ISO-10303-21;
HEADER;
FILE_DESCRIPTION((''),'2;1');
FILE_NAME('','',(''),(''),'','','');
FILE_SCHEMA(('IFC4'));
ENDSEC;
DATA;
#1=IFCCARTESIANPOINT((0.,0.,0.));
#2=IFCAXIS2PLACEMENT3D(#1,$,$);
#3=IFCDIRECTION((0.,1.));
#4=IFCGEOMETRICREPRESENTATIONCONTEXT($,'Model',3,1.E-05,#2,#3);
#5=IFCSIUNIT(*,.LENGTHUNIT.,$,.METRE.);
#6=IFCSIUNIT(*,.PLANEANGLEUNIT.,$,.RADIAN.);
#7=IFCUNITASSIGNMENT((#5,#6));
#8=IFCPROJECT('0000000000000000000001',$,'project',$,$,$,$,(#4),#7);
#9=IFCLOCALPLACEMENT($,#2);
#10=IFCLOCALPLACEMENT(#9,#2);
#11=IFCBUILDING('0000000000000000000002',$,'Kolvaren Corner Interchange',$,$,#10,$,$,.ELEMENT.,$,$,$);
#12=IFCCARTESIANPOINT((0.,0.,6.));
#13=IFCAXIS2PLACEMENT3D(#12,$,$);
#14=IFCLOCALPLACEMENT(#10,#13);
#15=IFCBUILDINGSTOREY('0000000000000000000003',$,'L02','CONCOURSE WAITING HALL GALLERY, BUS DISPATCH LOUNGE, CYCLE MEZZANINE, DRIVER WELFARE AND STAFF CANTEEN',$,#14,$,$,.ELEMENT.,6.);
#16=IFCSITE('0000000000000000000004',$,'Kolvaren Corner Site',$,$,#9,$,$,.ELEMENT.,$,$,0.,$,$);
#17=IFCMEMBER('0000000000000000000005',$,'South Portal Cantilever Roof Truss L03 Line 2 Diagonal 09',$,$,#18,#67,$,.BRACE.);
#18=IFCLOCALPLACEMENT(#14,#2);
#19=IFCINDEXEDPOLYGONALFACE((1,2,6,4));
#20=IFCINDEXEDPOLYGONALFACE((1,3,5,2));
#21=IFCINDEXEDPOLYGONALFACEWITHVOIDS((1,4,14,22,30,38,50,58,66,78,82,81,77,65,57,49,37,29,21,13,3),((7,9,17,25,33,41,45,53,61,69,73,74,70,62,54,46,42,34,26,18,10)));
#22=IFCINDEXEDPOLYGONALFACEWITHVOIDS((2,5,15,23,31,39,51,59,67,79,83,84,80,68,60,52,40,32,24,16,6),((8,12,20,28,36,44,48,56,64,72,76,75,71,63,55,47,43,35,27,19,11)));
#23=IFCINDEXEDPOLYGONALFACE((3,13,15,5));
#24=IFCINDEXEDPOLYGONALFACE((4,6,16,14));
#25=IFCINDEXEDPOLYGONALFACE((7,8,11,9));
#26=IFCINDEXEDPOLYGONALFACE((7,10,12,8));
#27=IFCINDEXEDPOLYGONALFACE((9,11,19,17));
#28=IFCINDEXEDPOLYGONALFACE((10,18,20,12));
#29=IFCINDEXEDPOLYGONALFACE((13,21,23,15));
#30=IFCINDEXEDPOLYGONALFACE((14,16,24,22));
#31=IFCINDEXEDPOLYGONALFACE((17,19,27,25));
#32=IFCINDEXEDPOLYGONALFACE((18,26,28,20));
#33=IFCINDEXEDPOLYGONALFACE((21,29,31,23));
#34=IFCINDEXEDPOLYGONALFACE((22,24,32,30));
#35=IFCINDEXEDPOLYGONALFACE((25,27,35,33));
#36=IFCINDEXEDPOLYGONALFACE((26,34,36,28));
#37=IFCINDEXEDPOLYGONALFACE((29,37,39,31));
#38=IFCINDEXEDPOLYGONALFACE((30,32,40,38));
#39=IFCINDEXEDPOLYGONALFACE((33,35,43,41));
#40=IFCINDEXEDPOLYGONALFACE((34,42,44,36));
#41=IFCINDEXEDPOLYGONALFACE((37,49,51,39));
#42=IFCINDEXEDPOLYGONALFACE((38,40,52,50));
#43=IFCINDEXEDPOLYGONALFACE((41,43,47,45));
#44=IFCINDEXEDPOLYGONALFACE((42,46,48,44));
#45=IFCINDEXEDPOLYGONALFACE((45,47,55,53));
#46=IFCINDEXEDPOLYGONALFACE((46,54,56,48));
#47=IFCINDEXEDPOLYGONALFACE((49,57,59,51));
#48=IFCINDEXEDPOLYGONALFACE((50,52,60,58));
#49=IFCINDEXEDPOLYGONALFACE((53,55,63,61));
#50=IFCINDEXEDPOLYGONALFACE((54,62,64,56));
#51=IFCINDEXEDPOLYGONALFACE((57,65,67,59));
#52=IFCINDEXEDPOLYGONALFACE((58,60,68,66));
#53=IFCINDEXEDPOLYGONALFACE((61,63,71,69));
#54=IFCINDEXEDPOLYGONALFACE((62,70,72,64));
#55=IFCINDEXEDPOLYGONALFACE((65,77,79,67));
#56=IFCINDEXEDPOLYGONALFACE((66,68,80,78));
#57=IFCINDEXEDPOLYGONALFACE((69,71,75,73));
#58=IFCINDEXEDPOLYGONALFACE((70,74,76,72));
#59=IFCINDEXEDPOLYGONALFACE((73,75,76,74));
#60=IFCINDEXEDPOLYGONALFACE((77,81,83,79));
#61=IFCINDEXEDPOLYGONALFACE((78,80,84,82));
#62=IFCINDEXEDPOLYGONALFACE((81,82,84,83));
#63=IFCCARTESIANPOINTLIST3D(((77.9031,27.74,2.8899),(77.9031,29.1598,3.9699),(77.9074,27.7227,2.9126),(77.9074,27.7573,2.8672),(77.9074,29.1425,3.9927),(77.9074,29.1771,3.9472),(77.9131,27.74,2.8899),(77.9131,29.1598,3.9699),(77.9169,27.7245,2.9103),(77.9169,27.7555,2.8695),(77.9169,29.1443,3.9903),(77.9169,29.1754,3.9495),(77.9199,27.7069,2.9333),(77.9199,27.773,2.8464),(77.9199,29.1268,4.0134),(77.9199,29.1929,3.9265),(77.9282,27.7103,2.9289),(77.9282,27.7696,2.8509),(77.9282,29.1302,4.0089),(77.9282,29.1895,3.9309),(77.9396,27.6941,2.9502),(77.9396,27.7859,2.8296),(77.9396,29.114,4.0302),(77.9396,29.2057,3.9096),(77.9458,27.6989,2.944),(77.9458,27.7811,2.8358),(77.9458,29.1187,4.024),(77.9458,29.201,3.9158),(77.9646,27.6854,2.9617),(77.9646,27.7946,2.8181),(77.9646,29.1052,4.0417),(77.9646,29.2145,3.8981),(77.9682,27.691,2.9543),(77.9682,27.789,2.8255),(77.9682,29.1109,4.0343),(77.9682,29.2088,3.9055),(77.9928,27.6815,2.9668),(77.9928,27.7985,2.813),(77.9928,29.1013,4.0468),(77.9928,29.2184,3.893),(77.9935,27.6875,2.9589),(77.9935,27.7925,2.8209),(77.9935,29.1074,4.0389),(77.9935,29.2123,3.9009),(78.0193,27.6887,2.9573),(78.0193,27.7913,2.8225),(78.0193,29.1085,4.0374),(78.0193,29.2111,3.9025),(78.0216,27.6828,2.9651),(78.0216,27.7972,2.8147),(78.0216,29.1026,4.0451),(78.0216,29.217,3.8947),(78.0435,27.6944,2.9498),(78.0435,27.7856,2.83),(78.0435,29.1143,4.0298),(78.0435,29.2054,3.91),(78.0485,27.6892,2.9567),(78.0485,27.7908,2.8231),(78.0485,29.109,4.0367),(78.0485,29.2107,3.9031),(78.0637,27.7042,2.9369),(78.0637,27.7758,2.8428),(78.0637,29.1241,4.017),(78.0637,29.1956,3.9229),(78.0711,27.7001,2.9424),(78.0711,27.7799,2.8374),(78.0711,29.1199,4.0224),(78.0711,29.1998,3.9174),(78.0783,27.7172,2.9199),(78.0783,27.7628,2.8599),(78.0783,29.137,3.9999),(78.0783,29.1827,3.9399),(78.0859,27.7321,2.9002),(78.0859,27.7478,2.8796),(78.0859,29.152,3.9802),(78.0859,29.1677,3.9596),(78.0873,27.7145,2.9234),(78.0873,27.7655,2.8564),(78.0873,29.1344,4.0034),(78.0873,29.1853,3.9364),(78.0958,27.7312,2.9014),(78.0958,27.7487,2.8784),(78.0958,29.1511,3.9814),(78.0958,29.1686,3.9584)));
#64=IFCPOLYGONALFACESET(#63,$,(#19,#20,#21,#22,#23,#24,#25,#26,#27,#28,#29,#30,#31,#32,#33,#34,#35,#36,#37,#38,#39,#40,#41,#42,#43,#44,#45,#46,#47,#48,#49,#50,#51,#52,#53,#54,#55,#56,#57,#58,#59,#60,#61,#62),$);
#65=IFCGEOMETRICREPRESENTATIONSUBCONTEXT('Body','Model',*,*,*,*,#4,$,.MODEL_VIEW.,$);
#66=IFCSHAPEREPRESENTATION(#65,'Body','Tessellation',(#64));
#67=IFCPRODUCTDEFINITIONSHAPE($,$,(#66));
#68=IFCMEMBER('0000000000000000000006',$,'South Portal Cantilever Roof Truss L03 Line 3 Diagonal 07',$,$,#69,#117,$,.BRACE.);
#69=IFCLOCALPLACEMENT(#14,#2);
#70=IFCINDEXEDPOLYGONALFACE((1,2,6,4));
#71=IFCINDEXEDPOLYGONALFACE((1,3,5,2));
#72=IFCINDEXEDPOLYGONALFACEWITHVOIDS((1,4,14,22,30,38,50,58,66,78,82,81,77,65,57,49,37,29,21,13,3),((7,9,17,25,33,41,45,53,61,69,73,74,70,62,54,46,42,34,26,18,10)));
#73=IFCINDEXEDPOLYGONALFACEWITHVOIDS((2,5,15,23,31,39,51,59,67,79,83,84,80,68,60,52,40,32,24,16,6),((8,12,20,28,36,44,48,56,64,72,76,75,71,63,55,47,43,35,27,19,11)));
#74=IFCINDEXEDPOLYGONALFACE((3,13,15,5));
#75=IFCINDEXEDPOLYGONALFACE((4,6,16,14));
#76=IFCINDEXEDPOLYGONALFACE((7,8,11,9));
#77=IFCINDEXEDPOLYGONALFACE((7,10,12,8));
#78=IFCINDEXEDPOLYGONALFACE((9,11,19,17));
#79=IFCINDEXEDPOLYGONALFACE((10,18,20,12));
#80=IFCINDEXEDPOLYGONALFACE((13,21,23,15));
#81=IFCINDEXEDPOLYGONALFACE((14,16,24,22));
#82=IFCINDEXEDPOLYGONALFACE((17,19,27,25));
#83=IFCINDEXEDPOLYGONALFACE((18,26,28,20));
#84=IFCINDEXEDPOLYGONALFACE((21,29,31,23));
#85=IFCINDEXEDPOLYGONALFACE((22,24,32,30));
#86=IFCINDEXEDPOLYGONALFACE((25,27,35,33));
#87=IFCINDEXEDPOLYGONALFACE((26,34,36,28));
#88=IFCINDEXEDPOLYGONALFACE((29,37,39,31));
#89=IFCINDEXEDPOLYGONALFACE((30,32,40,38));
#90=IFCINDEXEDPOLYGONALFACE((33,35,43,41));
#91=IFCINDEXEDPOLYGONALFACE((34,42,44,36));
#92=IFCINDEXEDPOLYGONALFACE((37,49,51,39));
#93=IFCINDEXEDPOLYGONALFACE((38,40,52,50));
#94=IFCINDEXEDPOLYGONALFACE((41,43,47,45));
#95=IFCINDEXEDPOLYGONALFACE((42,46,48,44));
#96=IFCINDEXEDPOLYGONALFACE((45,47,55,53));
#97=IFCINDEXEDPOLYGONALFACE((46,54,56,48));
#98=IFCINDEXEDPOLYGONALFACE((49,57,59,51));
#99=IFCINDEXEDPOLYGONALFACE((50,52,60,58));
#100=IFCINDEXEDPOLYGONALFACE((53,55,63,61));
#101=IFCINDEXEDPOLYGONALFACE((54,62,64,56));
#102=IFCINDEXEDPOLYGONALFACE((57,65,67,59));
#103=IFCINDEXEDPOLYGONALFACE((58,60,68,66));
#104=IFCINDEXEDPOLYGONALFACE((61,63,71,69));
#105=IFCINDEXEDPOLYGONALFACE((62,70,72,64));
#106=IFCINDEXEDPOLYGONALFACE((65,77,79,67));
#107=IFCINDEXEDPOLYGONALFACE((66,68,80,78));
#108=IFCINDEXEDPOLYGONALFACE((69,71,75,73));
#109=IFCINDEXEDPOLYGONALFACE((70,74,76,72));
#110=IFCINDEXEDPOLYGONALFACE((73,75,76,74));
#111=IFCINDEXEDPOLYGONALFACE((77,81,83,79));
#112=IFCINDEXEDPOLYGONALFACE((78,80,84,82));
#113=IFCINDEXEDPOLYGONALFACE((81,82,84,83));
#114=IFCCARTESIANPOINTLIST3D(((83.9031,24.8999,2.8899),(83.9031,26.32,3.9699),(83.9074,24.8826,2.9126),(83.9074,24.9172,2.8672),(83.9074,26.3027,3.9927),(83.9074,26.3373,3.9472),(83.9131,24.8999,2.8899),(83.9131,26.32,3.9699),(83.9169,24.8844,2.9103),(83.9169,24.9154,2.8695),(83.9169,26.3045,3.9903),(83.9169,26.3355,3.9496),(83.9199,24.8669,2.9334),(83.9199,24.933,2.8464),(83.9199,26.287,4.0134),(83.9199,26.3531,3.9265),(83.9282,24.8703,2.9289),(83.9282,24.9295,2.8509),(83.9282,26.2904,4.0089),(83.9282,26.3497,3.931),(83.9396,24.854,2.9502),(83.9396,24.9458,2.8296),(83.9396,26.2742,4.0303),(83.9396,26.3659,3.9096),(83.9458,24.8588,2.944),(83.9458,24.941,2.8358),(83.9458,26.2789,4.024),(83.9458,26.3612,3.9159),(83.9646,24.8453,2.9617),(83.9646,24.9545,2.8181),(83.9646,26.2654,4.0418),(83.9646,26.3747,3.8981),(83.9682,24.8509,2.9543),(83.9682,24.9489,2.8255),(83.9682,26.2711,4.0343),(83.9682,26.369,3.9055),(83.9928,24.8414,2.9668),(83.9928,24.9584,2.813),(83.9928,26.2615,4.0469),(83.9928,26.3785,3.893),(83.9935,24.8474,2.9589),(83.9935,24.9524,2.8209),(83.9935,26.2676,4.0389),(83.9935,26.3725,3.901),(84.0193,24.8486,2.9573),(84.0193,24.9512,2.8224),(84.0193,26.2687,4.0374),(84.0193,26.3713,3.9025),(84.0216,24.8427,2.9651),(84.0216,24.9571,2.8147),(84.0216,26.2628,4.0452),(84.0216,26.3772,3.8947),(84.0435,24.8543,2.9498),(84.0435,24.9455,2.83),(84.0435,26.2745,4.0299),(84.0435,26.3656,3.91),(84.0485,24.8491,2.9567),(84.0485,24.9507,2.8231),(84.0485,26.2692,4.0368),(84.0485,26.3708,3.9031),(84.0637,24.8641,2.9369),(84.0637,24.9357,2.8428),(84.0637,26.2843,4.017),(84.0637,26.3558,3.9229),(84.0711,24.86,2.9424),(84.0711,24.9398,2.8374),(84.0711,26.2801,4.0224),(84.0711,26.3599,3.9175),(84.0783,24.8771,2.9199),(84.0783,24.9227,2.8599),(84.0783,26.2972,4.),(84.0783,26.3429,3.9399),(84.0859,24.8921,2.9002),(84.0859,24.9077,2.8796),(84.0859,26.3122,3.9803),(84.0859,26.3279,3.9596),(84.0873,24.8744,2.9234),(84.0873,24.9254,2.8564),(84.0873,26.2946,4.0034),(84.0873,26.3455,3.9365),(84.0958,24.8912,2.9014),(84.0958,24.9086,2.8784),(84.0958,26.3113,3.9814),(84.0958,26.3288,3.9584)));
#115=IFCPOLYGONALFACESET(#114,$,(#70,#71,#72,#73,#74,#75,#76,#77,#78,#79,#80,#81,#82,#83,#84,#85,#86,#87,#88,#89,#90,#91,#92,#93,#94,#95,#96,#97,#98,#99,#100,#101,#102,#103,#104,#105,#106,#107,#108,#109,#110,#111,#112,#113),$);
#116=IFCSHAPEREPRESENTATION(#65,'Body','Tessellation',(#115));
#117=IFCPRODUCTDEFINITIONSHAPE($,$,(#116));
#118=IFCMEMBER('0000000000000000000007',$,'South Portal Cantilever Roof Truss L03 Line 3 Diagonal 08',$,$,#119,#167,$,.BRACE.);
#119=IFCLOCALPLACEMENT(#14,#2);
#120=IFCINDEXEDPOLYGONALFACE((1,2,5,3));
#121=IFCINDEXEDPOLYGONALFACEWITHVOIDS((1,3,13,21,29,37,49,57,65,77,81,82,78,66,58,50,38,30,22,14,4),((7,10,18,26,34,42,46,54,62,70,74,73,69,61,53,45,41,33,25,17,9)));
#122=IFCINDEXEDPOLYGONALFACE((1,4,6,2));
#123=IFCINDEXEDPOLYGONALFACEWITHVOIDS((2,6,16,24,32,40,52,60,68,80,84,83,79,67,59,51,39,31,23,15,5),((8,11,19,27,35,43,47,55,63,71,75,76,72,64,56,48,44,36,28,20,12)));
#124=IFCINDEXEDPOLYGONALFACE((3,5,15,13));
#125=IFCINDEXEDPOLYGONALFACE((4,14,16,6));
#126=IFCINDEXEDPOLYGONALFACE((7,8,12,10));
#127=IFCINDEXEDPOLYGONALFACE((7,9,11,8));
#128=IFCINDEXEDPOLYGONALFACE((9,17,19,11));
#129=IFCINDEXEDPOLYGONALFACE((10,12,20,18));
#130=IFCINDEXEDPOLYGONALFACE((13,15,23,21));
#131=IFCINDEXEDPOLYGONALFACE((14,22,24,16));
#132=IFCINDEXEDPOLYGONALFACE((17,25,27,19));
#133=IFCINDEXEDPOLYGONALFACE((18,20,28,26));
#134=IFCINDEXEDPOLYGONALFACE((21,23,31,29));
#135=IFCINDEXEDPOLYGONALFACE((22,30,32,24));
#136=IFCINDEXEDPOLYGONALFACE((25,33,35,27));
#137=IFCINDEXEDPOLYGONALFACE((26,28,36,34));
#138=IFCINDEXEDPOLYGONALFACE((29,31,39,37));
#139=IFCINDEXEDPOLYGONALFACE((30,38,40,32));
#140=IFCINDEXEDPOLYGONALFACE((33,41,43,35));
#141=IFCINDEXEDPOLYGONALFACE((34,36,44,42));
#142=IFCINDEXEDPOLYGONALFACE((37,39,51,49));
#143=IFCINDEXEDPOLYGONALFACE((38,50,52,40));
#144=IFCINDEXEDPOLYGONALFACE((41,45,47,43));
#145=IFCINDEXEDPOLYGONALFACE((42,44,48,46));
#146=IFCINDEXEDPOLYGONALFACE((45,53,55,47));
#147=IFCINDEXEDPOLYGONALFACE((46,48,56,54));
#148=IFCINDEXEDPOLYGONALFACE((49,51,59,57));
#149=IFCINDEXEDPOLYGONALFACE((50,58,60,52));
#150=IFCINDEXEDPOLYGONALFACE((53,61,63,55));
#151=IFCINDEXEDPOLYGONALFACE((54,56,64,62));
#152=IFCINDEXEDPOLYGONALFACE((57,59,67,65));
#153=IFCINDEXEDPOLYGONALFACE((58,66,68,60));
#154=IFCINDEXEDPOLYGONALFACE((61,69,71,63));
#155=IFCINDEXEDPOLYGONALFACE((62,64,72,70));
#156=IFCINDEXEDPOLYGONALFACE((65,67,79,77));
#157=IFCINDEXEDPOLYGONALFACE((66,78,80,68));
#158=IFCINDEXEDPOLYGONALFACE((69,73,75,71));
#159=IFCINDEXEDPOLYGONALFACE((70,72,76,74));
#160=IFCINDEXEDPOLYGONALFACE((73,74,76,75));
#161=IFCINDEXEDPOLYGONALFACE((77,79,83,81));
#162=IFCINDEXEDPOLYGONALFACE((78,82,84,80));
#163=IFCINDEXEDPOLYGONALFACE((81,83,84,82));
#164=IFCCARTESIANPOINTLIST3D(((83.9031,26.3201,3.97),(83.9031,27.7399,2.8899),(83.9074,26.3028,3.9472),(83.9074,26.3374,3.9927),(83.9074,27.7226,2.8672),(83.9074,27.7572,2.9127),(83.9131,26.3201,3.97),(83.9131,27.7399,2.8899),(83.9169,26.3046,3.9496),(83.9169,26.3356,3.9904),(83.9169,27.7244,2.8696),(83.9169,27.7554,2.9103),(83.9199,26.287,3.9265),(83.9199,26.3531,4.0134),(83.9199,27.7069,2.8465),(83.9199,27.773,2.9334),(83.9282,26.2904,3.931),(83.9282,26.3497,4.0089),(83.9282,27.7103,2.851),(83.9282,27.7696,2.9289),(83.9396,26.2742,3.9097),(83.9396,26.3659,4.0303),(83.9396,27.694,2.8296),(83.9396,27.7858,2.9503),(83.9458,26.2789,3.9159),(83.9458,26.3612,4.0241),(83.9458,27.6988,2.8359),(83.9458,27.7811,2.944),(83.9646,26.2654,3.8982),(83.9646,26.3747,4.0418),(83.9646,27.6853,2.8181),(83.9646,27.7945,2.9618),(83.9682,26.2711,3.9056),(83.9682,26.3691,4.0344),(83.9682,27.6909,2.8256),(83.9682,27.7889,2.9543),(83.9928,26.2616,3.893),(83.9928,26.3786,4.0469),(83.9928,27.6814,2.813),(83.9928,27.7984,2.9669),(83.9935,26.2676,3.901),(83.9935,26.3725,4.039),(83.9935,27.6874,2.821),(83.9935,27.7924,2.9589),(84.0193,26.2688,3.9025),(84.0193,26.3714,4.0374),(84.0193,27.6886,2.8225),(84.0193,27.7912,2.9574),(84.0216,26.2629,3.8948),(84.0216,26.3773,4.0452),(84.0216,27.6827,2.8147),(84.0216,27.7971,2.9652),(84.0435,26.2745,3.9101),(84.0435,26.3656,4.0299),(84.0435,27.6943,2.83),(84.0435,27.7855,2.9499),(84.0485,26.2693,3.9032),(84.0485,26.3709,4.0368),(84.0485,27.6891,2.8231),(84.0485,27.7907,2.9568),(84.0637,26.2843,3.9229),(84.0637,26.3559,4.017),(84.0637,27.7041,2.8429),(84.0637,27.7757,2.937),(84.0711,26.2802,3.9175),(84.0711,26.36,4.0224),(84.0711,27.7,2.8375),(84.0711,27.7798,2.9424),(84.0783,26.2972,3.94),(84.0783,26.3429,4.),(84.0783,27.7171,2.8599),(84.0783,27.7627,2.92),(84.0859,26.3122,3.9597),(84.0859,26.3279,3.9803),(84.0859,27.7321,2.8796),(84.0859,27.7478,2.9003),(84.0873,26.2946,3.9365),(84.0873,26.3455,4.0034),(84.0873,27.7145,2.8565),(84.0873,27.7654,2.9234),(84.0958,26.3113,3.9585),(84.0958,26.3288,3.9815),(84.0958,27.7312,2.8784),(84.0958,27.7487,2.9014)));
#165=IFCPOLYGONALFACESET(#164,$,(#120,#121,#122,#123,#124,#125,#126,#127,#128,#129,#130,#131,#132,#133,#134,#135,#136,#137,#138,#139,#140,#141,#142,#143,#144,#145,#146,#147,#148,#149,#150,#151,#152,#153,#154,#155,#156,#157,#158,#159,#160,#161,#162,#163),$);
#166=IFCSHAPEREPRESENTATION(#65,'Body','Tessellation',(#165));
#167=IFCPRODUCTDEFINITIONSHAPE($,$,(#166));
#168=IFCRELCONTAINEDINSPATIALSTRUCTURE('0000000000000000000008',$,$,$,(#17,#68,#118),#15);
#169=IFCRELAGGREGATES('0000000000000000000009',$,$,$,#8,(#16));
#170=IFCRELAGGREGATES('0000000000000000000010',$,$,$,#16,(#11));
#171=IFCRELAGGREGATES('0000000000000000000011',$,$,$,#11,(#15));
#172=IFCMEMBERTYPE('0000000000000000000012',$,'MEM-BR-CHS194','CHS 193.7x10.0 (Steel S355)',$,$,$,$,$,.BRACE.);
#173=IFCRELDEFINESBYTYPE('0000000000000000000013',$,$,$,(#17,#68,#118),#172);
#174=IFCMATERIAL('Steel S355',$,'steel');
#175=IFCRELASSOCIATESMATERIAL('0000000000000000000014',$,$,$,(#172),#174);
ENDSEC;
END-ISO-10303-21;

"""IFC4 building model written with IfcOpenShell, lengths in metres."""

from ifc_helpers import new_model, si_unit, direction, frame, origin, origin_2d, place, context, subcontext, project, spatial, hollow_circle, extrude, material, material_profile, profile_set, type_object, element, save


model = new_model("IFC4")

# Units and contexts
model_context = context("Model", 3, precision=1e-05, world=origin(), true_north=direction((0.0, 1.0)))
body_context = subcontext(model_context, "Body", "Model", "MODEL_VIEW")
ifc_project = project(units=[si_unit("LENGTHUNIT", "METRE"), si_unit("PLANEANGLEUNIT", "RADIAN")], contexts=[model_context])

# Site, building, storey
site_placement = place(None, origin())
site = spatial("IfcSite", under=ifc_project, at=site_placement, Name="Kolvaren Corner Site", CompositionType="ELEMENT", RefElevation=0.0)
building_placement = place(site_placement, origin())
building = spatial("IfcBuilding", under=site, at=building_placement, Name="Kolvaren Corner Interchange", CompositionType="ELEMENT")
storey_placement = place(building_placement, frame((0.0, 0.0, 6.0)))
storey = spatial("IfcBuildingStorey", under=building, at=storey_placement, Name="L02", Description="CONCOURSE WAITING HALL GALLERY, BUS DISPATCH LOUNGE, CYCLE MEZZANINE, DRIVER WELFARE AND STAFF CANTEEN", CompositionType="ELEMENT", Elevation=6.0)

# Members
ifc_material_1 = material(Name="Steel S355", Category="steel")
ifc_material_profile_1 = material_profile(ifc_material_1, hollow_circle(Radius=0.0969, WallThickness=0.01, at=origin_2d()), Name="CHS 193.7x10.0")
ifc_profile_set_1 = profile_set([ifc_material_profile_1], Name="Steel S355")
member_type_1 = type_object("IfcMemberType", Name="MEM-BR-CHS194", Description="CHS 193.7x10.0 (Steel S355)", PredefinedType="BRACE", material=ifc_profile_set_1)
for number, where, z_axis, x_axis, name in (
    (1, (78.0, 27.74, 2.8899), (0.0, 0.795909, 0.605416), (-1.0, 0.0, 0.0), "South Portal Cantilever Roof Truss L03 Line 2 Diagonal 09"),
):
    element("IfcMember", number, at=place(storey_placement, frame(where, z_axis=z_axis, x_axis=x_axis)), inside=storey, type_object=member_type_1, Name=name, PredefinedType="BRACE", context=body_context, shape_type="SweptSolid", body=[
        extrude(hollow_circle(Radius=0.0969, WallThickness=0.01, at=origin_2d()), origin(), (0.0, 0.0, 1.0), 1.7839),
    ])
member_1_placement = place(storey_placement, frame((84.0, 24.8999, 2.8899), z_axis=(0.0, 0.795959, 0.60535), x_axis=(-1.0, 0.0, 0.0)))
element("IfcMember", 2, at=member_1_placement, inside=storey, type_object=member_type_1, Name="South Portal Cantilever Roof Truss L03 Line 3 Diagonal 07", PredefinedType="BRACE", context=body_context, shape_type="SweptSolid", body=[
    extrude(hollow_circle(Radius=0.0969, WallThickness=0.01, at=origin_2d()), origin(), (0.0, 0.0, 1.0), 1.7842),
])
for number, where, z_axis, x_axis, name in (
    (3, (84.0, 26.3201, 3.97), (0.0, 0.795909, -0.605416), (-1.0, 0.0, 0.0), "South Portal Cantilever Roof Truss L03 Line 3 Diagonal 08"),
):
    element("IfcMember", number, at=place(storey_placement, frame(where, z_axis=z_axis, x_axis=x_axis)), inside=storey, type_object=member_type_1, Name=name, PredefinedType="BRACE", context=body_context, shape_type="SweptSolid", body=[
        extrude(hollow_circle(Radius=0.0969, WallThickness=0.01, at=origin_2d()), origin(), (0.0, 0.0, 1.0), 1.7839),
    ])

save(model, "model.ifc")
